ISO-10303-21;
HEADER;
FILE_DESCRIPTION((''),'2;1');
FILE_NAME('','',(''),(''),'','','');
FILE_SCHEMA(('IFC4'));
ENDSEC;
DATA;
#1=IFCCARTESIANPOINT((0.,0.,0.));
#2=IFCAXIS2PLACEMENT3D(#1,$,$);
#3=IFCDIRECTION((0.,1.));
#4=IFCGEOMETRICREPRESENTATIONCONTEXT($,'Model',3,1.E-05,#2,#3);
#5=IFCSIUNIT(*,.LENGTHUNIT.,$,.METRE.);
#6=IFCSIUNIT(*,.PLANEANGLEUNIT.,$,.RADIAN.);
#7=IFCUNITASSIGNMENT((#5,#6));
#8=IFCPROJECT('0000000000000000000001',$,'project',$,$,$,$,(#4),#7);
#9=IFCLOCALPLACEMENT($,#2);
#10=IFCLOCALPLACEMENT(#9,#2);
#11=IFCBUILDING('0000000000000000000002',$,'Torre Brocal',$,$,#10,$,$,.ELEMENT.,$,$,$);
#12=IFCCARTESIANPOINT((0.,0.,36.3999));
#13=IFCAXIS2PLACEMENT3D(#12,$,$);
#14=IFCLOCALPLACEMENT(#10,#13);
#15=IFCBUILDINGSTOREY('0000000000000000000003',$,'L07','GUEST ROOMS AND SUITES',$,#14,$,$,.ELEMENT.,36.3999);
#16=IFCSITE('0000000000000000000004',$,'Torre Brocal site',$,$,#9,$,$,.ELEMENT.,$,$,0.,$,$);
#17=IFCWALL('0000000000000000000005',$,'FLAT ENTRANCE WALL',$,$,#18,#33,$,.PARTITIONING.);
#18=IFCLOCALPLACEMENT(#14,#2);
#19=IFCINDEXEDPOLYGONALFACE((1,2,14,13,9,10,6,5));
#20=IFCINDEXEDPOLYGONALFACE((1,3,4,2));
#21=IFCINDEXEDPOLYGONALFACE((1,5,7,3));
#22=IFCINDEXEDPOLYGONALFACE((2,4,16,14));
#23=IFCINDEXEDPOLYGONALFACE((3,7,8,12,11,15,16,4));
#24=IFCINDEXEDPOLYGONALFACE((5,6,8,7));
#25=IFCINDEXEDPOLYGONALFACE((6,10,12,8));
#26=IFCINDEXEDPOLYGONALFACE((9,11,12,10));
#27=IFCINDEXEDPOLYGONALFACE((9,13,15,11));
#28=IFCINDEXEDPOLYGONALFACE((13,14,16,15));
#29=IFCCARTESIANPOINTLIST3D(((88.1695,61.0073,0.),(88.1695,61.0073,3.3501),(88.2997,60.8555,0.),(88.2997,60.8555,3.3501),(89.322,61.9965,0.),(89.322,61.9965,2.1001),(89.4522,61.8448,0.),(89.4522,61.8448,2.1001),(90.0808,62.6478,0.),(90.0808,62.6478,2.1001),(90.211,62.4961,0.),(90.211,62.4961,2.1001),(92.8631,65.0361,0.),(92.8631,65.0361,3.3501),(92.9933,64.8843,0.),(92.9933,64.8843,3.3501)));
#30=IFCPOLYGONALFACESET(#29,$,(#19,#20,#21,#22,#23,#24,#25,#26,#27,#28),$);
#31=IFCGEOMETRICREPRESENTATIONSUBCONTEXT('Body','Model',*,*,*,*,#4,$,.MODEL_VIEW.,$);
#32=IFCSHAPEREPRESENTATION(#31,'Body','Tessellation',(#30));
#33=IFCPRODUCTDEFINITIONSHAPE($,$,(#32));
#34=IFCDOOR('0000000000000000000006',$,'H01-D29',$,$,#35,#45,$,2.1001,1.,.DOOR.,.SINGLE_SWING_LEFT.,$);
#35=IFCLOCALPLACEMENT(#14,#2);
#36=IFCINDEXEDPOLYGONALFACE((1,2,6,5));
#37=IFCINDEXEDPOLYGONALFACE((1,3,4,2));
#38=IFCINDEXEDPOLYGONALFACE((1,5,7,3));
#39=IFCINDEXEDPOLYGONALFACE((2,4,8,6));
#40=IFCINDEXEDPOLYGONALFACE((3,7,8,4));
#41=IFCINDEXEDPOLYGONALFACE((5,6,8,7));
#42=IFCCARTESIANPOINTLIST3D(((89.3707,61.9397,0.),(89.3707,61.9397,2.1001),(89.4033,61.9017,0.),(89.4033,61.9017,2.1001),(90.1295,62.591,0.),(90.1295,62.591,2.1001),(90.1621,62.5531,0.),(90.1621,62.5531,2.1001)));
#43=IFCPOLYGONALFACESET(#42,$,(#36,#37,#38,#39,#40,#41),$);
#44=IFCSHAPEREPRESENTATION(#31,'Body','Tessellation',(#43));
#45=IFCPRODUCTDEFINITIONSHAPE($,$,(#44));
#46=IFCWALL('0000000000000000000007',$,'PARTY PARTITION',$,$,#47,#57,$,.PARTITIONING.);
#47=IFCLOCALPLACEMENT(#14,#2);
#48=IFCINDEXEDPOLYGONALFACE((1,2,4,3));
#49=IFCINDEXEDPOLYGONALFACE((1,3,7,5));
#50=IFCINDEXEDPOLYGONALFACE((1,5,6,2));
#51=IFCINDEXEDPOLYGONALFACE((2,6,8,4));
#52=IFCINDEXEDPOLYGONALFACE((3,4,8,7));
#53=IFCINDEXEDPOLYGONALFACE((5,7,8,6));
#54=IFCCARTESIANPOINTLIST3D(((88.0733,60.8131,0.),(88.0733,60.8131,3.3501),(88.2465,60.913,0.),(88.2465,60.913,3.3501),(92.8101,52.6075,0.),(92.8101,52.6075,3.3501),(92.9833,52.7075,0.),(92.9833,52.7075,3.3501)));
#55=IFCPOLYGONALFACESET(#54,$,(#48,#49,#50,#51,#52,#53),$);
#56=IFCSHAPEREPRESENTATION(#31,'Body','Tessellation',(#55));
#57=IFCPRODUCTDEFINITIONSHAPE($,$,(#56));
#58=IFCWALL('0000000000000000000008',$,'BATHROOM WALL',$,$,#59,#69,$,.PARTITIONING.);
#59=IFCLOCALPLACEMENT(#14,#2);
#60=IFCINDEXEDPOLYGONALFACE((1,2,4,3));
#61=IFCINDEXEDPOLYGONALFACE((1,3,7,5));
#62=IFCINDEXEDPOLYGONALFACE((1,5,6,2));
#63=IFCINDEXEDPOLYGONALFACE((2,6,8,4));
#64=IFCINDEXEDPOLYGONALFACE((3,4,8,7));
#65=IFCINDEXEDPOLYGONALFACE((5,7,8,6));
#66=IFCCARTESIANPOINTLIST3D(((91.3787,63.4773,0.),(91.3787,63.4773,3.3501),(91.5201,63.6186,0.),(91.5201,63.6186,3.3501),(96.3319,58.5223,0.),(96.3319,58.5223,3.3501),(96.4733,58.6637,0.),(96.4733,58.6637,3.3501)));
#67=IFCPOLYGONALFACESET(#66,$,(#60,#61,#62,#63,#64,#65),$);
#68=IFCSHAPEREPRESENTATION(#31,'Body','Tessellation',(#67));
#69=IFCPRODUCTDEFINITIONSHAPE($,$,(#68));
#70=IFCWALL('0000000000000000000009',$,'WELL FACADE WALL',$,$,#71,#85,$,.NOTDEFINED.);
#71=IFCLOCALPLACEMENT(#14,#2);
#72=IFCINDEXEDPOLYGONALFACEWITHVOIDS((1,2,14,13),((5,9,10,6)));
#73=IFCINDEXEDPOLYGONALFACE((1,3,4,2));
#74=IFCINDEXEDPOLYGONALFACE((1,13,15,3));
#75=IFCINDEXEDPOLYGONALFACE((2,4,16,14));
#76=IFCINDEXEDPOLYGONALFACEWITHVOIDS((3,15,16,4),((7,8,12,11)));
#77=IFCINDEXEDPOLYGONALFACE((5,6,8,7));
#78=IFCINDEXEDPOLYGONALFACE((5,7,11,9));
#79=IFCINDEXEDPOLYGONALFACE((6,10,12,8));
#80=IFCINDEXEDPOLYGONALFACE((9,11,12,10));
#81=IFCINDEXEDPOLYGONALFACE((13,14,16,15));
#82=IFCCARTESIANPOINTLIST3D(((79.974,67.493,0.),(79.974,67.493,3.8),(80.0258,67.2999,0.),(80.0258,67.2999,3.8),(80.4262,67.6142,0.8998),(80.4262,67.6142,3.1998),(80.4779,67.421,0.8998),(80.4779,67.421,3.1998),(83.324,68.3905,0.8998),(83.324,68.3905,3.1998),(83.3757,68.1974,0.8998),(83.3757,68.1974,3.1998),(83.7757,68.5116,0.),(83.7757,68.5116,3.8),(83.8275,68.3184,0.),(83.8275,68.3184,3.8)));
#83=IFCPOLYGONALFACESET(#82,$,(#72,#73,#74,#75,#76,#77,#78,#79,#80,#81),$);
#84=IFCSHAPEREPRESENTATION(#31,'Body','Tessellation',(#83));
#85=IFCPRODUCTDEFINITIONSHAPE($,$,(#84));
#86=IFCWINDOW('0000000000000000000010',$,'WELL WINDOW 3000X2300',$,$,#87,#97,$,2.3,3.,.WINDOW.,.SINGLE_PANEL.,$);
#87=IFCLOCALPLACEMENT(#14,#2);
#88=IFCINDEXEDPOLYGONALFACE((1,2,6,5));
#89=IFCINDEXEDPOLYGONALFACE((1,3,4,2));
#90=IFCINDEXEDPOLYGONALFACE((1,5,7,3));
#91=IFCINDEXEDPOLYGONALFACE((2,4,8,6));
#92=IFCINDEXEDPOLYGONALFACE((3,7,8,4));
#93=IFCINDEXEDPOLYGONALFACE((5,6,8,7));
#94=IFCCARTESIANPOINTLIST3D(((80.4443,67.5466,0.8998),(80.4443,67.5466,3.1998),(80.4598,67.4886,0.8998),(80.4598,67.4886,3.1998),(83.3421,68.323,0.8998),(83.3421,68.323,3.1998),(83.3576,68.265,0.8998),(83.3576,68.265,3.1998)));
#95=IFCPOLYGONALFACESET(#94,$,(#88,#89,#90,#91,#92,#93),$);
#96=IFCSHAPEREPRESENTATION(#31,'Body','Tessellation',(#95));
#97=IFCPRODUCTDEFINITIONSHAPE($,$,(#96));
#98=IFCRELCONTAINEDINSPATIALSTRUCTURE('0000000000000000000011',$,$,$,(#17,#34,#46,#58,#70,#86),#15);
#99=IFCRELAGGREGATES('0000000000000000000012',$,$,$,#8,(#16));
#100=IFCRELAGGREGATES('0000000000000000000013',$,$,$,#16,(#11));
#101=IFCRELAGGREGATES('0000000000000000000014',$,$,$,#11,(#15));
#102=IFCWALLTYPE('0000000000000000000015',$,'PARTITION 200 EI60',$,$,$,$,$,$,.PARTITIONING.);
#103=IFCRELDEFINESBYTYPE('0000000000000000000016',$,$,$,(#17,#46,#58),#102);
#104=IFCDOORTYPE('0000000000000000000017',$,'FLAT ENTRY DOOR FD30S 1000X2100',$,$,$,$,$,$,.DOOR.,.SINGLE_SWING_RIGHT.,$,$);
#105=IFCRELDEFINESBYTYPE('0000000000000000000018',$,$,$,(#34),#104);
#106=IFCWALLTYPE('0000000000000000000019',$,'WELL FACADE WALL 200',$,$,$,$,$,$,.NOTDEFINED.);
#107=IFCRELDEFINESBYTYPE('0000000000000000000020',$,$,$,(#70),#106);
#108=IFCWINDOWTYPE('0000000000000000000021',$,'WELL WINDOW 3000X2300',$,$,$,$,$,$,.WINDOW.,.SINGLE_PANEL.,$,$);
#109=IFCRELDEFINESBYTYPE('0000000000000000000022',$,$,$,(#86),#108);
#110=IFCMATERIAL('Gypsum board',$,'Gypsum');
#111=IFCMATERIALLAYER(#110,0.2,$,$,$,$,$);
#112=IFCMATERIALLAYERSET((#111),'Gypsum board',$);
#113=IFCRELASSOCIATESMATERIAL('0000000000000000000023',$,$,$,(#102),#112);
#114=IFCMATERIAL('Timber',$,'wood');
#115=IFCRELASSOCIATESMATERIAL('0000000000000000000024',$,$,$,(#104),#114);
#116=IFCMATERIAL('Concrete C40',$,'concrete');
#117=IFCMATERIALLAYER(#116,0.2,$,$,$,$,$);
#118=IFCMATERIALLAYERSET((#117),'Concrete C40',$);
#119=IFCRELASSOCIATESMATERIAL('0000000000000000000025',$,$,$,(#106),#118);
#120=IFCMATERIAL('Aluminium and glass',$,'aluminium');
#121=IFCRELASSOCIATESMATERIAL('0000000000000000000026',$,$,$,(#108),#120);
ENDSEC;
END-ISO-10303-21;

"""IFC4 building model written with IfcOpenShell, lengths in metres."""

from ifc_helpers import new_model, si_unit, direction, frame, frame_2d, origin, place, context, subcontext, project, spatial, rectangle, extrude, material, layer, layer_set, type_object, element, fill, save


model = new_model("IFC4")

# Units and contexts
model_context = context("Model", 3, precision=1e-05, world=origin(), true_north=direction((0.0, 1.0)))
body_context = subcontext(model_context, "Body", "Model", "MODEL_VIEW")
ifc_project = project(units=[si_unit("LENGTHUNIT", "METRE"), si_unit("PLANEANGLEUNIT", "RADIAN")], contexts=[model_context])

# Site, building, storey
site_placement = place(None, origin())
site = spatial("IfcSite", under=ifc_project, at=site_placement, Name="Torre Brocal site", CompositionType="ELEMENT", RefElevation=0.0)
building_placement = place(site_placement, origin())
building = spatial("IfcBuilding", under=site, at=building_placement, Name="Torre Brocal", CompositionType="ELEMENT")
storey_placement = place(building_placement, frame((0.0, 0.0, 36.3999)))
storey = spatial("IfcBuildingStorey", under=building, at=storey_placement, Name="L07", Description="GUEST ROOMS AND SUITES", CompositionType="ELEMENT", Elevation=36.3999)

# Shared definitions
ifc_material_1 = material(Name="Gypsum board", Category="Gypsum")
ifc_layer_1 = layer(ifc_material_1, 0.2)
ifc_layer_set_1 = layer_set([ifc_layer_1], Name="Gypsum board")
wall_type_1 = type_object("IfcWallType", Name="PARTITION 200 EI60", PredefinedType="PARTITIONING", material=ifc_layer_set_1)

# Wall, opening, door
ifc_material_2 = material(Name="Timber", Category="wood")
door_type_1 = type_object("IfcDoorType", Name="FLAT ENTRY DOOR FD30S 1000X2100", OperationType="SINGLE_SWING_RIGHT", PredefinedType="DOOR", material=ifc_material_2)
wall_1_placement = place(storey_placement, frame((88.2346, 60.9314, 0.0), z_axis=(0.0, 0.0, 1.0), x_axis=(0.758799, 0.651324, 0.0)))
wall_1 = element("IfcWall", 1, at=wall_1_placement, inside=storey, type_object=wall_type_1, Name="FLAT ENTRANCE WALL", PredefinedType="PARTITIONING", context=body_context, shape_type="SweptSolid", body=[
    extrude(rectangle(XDim=6.1855, YDim=0.2, at=frame_2d((3.0928, 0.0))), origin(), (0.0, 0.0, 1.0), 3.3501),
])
opening_1_placement = place(wall_1_placement, frame((1.5188, 0.0, 0.0)))
opening_1 = element("IfcOpeningElement", 2, at=opening_1_placement, cuts=wall_1, PredefinedType="OPENING", context=body_context, shape_type="SweptSolid", body=[
    extrude(rectangle(XDim=1.0, YDim=2.1001, at=frame_2d((0.5, 1.05))), frame((0.0, 0.1099, 0.0), z_axis=(0.0, -1.0, 0.0), x_axis=(1.0, 0.0, 0.0)), (0.0, 0.0, 1.0), 0.22),
])
door_1_placement = place(opening_1_placement, frame((1.0, 0.0, 0.0), z_axis=(0.0, 0.0, 1.0), x_axis=(-1.0, 0.0, 0.0)))
door_1 = element("IfcDoor", 3, at=door_1_placement, inside=storey, type_object=door_type_1, Name="H01-D29", OperationType="SINGLE_SWING_LEFT", OverallHeight=2.1001, OverallWidth=1.0, PredefinedType="DOOR", context=body_context, shape_type="SweptSolid", body=[
    extrude(rectangle(XDim=1.0, YDim=2.1001, at=frame_2d((0.5, 1.05))), frame((0.0, 0.0249, 0.0), z_axis=(0.0, -1.0, 0.0), x_axis=(1.0, 0.0, 0.0)), (0.0, 0.0, 1.0), 0.05),
])
fill(opening_1, door_1)

# Walls
wall_2_placement = place(storey_placement, frame((88.1599, 60.863, 0.0), z_axis=(0.0, 0.0, 1.0), x_axis=(0.499947, -0.866056, 0.0)))
element("IfcWall", 4, at=wall_2_placement, inside=storey, type_object=wall_type_1, Name="PARTY PARTITION", PredefinedType="PARTITIONING", context=body_context, shape_type="SweptSolid", body=[
    extrude(rectangle(XDim=9.4746, YDim=0.2, at=frame_2d((4.7373, 0.0))), origin(), (0.0, 0.0, 1.0), 3.3501),
])
wall_3_placement = place(storey_placement, frame((91.4495, 63.5479, 0.0), z_axis=(0.0, 0.0, 1.0), x_axis=(0.706985, -0.707229, 0.0)))
element("IfcWall", 5, at=wall_3_placement, inside=storey, type_object=wall_type_1, Name="BATHROOM WALL", PredefinedType="PARTITIONING", context=body_context, shape_type="SweptSolid", body=[
    extrude(rectangle(XDim=7.0061, YDim=0.2, at=frame_2d((3.5029, 0.0))), origin(), (0.0, 0.0, 1.0), 3.3501),
])

# Wall, opening, window
ifc_material_3 = material(Name="Concrete C40", Category="concrete")
ifc_layer_2 = layer(ifc_material_3, 0.2)
ifc_layer_set_2 = layer_set([ifc_layer_2], Name="Concrete C40")
wall_type_2 = type_object("IfcWallType", Name="WELL FACADE WALL 200", PredefinedType="NOTDEFINED", material=ifc_layer_set_2)
wall_4_placement = place(storey_placement, frame((80.0, 67.3965, 0.0), z_axis=(0.0, 0.0, 1.0), x_axis=(0.965934, 0.25879, 0.0)))
wall_4 = element("IfcWall", 6, at=wall_4_placement, inside=storey, type_object=wall_type_2, Name="WELL FACADE WALL", PredefinedType="NOTDEFINED", context=body_context, shape_type="SweptSolid", body=[
    extrude(rectangle(XDim=3.9358, YDim=0.2, at=frame_2d((1.9678, 0.0))), origin(), (0.0, 0.0, 1.0), 3.8),
])
opening_2_placement = place(wall_4_placement, frame((0.468, 0.0, 0.8999)))
opening_2 = element("IfcOpeningElement", 7, at=opening_2_placement, cuts=wall_4, PredefinedType="OPENING", context=body_context, shape_type="SweptSolid", body=[
    extrude(rectangle(XDim=3.0, YDim=2.3, at=frame_2d((1.5, 1.1499))), frame((0.0, 0.1099, 0.0), z_axis=(0.0, -1.0, 0.0), x_axis=(1.0, 0.0, 0.0)), (0.0, 0.0, 1.0), 0.22),
])
ifc_material_4 = material(Name="Aluminium and glass", Category="aluminium")
window_type = type_object("IfcWindowType", Name="WELL WINDOW 3000X2300", PartitioningType="SINGLE_PANEL", PredefinedType="WINDOW", material=ifc_material_4)
window_placement = place(opening_2_placement, origin())
window = element("IfcWindow", 8, at=window_placement, inside=storey, type_object=window_type, Name="WELL WINDOW 3000X2300", OverallHeight=2.3, OverallWidth=3.0, PartitioningType="SINGLE_PANEL", PredefinedType="WINDOW", context=body_context, shape_type="SweptSolid", body=[
    extrude(rectangle(XDim=3.0, YDim=2.3, at=frame_2d((1.5, 1.1499))), frame((0.0, 0.03, 0.0), z_axis=(0.0, -1.0, 0.0), x_axis=(1.0, 0.0, 0.0)), (0.0, 0.0, 1.0), 0.0601),
])
fill(opening_2, window)

save(model, "model.ifc")
